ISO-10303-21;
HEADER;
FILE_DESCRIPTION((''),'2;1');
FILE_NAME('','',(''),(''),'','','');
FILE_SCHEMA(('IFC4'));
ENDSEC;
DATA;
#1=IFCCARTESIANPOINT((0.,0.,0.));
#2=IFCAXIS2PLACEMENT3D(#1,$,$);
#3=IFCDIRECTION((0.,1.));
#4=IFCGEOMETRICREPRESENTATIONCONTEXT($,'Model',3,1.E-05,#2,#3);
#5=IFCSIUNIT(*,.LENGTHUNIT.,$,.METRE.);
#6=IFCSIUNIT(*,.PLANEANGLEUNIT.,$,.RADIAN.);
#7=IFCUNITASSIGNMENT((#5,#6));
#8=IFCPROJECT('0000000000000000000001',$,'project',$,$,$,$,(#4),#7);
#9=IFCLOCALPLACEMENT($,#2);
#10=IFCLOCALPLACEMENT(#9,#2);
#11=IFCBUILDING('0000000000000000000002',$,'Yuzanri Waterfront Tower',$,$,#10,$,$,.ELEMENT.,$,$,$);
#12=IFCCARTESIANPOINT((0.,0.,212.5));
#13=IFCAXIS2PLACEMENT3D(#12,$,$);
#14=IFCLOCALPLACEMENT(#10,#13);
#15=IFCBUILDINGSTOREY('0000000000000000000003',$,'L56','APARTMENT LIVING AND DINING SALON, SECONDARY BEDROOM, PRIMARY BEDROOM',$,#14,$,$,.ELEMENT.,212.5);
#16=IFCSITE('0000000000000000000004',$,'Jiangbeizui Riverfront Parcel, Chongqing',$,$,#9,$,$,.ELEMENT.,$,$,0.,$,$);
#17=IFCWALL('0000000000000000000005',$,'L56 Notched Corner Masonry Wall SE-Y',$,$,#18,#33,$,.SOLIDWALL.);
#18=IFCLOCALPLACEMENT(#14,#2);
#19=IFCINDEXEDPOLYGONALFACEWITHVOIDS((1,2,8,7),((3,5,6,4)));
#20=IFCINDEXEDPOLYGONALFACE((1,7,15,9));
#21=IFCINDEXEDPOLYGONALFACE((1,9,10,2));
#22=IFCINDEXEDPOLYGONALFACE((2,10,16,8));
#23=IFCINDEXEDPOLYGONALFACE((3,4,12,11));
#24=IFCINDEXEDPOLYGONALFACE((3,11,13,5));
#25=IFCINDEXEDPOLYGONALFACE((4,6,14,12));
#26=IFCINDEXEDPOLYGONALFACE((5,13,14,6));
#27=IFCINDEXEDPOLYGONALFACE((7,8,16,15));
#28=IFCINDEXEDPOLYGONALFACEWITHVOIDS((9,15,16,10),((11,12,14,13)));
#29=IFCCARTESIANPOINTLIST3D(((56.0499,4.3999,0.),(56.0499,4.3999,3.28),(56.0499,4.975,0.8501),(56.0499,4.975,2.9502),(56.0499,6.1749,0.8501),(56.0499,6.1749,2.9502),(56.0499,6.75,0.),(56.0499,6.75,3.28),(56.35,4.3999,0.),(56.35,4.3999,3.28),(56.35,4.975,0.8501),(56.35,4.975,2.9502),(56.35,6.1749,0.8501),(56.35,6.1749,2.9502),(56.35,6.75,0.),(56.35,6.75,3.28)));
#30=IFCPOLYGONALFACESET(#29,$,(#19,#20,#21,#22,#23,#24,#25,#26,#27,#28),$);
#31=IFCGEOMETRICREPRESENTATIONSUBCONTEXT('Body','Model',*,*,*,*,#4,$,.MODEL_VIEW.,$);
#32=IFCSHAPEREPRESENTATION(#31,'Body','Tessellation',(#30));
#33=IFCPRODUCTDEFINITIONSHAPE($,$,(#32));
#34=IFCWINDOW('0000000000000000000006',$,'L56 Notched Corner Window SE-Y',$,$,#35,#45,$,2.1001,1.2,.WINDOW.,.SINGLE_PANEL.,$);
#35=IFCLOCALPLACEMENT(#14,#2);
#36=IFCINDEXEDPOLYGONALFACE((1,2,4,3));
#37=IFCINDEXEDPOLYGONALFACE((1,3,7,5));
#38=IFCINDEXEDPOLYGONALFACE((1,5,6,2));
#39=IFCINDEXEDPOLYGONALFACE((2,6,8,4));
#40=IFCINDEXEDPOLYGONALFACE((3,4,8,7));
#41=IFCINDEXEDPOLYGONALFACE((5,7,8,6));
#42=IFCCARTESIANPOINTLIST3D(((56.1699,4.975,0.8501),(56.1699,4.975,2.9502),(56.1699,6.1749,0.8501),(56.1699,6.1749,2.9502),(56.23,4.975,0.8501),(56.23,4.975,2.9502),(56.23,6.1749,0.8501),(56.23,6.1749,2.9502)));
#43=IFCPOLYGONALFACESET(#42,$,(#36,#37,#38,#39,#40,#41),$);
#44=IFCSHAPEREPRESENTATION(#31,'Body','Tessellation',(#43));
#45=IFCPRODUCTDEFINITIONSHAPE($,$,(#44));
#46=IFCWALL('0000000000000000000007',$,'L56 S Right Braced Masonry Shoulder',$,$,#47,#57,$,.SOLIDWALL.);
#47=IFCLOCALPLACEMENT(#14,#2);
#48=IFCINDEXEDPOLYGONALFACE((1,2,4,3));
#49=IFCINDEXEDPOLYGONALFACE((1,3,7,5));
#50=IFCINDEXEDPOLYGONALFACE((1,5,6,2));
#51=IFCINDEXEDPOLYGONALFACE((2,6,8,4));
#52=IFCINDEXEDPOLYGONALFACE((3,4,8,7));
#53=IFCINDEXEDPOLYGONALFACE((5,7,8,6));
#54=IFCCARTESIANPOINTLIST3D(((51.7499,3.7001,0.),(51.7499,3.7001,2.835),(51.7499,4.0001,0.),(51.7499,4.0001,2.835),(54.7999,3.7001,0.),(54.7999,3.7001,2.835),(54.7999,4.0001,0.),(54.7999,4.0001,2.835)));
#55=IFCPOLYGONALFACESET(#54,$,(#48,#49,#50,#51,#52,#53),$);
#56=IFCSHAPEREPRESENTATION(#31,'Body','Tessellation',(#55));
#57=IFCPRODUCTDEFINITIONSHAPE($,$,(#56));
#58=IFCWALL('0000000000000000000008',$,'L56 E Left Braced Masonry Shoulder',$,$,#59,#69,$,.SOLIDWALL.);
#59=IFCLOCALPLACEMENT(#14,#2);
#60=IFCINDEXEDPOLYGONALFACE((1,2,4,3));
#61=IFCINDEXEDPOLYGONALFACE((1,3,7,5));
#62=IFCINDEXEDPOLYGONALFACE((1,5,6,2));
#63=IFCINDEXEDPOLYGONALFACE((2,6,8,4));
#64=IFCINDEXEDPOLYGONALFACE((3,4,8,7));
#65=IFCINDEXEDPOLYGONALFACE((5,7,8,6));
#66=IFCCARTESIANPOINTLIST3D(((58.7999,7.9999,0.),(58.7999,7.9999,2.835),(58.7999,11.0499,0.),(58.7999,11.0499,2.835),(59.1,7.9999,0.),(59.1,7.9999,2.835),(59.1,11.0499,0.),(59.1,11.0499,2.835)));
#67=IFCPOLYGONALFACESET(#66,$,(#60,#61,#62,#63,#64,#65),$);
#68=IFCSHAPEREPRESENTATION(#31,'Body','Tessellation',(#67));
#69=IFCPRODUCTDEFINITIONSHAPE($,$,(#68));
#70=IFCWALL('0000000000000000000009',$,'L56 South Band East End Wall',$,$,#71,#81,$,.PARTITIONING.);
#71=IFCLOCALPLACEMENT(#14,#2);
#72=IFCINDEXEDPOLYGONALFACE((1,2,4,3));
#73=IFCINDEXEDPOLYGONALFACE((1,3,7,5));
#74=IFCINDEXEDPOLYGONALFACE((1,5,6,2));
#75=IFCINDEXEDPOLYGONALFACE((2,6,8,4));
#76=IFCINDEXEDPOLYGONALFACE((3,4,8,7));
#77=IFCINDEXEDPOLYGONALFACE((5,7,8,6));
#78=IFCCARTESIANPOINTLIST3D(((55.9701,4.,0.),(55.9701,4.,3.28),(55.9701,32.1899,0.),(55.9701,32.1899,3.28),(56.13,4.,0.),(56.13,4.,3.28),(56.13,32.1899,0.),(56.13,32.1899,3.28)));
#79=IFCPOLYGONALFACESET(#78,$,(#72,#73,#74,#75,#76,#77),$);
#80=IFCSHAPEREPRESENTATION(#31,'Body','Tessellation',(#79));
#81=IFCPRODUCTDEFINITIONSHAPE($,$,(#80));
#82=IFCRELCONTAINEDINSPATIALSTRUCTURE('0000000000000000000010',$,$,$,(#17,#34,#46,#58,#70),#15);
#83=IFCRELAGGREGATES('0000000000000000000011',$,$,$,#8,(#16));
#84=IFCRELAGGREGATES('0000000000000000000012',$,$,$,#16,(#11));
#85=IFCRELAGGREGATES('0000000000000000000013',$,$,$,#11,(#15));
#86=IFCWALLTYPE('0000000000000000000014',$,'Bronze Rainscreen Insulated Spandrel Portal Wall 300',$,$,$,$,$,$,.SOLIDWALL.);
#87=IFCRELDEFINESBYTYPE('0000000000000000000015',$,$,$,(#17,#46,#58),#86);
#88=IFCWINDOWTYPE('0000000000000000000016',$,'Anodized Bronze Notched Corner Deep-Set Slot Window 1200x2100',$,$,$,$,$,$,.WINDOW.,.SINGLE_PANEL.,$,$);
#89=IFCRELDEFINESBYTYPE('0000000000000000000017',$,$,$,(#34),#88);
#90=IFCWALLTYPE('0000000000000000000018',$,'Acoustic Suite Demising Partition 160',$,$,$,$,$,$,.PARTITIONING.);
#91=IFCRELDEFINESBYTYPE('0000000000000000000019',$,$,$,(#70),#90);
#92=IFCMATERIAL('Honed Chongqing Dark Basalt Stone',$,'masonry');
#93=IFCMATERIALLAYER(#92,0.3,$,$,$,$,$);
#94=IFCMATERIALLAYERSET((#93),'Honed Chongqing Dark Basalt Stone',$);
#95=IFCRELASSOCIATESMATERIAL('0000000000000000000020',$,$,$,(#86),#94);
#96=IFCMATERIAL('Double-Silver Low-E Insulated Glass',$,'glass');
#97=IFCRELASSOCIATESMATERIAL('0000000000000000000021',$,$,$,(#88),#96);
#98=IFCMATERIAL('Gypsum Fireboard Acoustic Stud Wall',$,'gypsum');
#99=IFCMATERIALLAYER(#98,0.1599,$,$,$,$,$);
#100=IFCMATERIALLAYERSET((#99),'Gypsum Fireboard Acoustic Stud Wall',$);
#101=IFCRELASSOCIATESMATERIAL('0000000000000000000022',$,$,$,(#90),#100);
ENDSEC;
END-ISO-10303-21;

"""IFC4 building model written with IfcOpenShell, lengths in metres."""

from ifc_helpers import new_model, si_unit, direction, frame, frame_2d, origin, place, context, subcontext, project, spatial, rectangle, extrude, source, transform, mapped, material, layer, layer_set, type_object, element, fill, save


model = new_model("IFC4")

# Units and contexts
model_context = context("Model", 3, precision=1e-05, world=origin(), true_north=direction((0.0, 1.0)))
body_context = subcontext(model_context, "Body", "Model", "MODEL_VIEW")
ifc_project = project(units=[si_unit("LENGTHUNIT", "METRE"), si_unit("PLANEANGLEUNIT", "RADIAN")], contexts=[model_context])

# Site, building, storey
site_placement = place(None, origin())
site = spatial("IfcSite", under=ifc_project, at=site_placement, Name="Jiangbeizui Riverfront Parcel, Chongqing", CompositionType="ELEMENT", RefElevation=0.0)
building_placement = place(site_placement, origin())
building = spatial("IfcBuilding", under=site, at=building_placement, Name="Yuzanri Waterfront Tower", CompositionType="ELEMENT")
storey_placement = place(building_placement, frame((0.0, 0.0, 212.5)))
storey = spatial("IfcBuildingStorey", under=building, at=storey_placement, Name="L56", Description="APARTMENT LIVING AND DINING SALON, SECONDARY BEDROOM, PRIMARY BEDROOM", CompositionType="ELEMENT", Elevation=212.5)

# Wall, opening, window
ifc_material_1 = material(Name="Honed Chongqing Dark Basalt Stone", Category="masonry")
ifc_layer_1 = layer(ifc_material_1, 0.3)
ifc_layer_set_1 = layer_set([ifc_layer_1], Name="Honed Chongqing Dark Basalt Stone")
wall_type_1 = type_object("IfcWallType", Name="Bronze Rainscreen Insulated Spandrel Portal Wall 300", PredefinedType="SOLIDWALL", material=ifc_layer_set_1)
wall_1_placement = place(storey_placement, frame((56.2, 4.3999, 0.0), z_axis=(0.0, 0.0, 1.0), x_axis=(0.0, 1.0, 0.0)))
wall_1 = element("IfcWall", 1, at=wall_1_placement, inside=storey, type_object=wall_type_1, Name="L56 Notched Corner Masonry Wall SE-Y", PredefinedType="SOLIDWALL", context=body_context, shape_type="SweptSolid", body=[
    extrude(rectangle(XDim=2.3501, YDim=0.3, at=frame_2d((1.175, 0.0))), origin(), (0.0, 0.0, 1.0), 3.28),
])
opening_1_placement = place(wall_1_placement, frame((0.575, 0.0, 0.8501)))
opening_1 = element("IfcOpeningElement", 2, at=opening_1_placement, cuts=wall_1, PredefinedType="OPENING", context=body_context, shape_type="SweptSolid", body=[
    extrude(rectangle(XDim=1.2, YDim=2.1001, at=frame_2d((0.6001, 1.05))), frame((0.0, 0.165, 0.0), z_axis=(0.0, -1.0, 0.0), x_axis=(1.0, 0.0, 0.0)), (0.0, 0.0, 1.0), 0.3298),
])
ifc_material_2 = material(Name="Double-Silver Low-E Insulated Glass", Category="glass")
window_type_1 = type_object("IfcWindowType", Name="Anodized Bronze Notched Corner Deep-Set Slot Window 1200x2100", PartitioningType="SINGLE_PANEL", PredefinedType="WINDOW", material=ifc_material_2)
shared_shape_1 = source(origin(), body_context, "Body", "SweptSolid", [
    extrude(rectangle(XDim=1.2, YDim=2.1001, at=frame_2d((0.6001, 1.05))), frame((0.0, 0.03, 0.0), z_axis=(0.0, -1.0, 0.0), x_axis=(1.0, 0.0, 0.0)), (0.0, 0.0, 1.0), 0.0601),
])
window_1_placement = place(opening_1_placement, origin())
window_1 = element("IfcWindow", 3, at=window_1_placement, inside=storey, type_object=window_type_1, Name="L56 Notched Corner Window SE-Y", OverallHeight=2.1001, OverallWidth=1.2, PartitioningType="SINGLE_PANEL", PredefinedType="WINDOW", context=body_context, shape_type="MappedRepresentation", body=[
    mapped(shared_shape_1, transform((0.0, 0.0, 0.0), scale=1.0)),
])
fill(opening_1, window_1)

# Walls
shared_shape_2 = source(origin(), body_context, "Body", "SweptSolid", [
    extrude(rectangle(XDim=3.05, YDim=0.3, at=frame_2d((1.5249, 0.0))), origin(), (0.0, 0.0, 1.0), 2.835),
])
for number, where, z_axis, x_axis, name in (
    (4, (51.75, 3.8501, 0.0), (0.0, 0.0, 1.0), (1.0, 0.0, 0.0), "L56 S Right Braced Masonry Shoulder"),
    (5, (58.95, 8.0, 0.0), (0.0, 0.0, 1.0), (0.0, 1.0, 0.0), "L56 E Left Braced Masonry Shoulder"),
):
    element("IfcWall", number, at=place(storey_placement, frame(where, z_axis=z_axis, x_axis=x_axis)), inside=storey, type_object=wall_type_1, Name=name, PredefinedType="SOLIDWALL", context=body_context, shape_type="MappedRepresentation", body=[
        mapped(shared_shape_2, transform((0.0, 0.0, 0.0), scale=1.0)),
    ])
ifc_material_3 = material(Name="Gypsum Fireboard Acoustic Stud Wall", Category="gypsum")
ifc_layer_2 = layer(ifc_material_3, 0.1599)
ifc_layer_set_2 = layer_set([ifc_layer_2], Name="Gypsum Fireboard Acoustic Stud Wall")
wall_type_2 = type_object("IfcWallType", Name="Acoustic Suite Demising Partition 160", PredefinedType="PARTITIONING", material=ifc_layer_set_2)
shared_shape_3 = source(origin(), body_context, "Body", "SweptSolid", [
    extrude(rectangle(XDim=28.1899, YDim=0.1599, at=frame_2d((14.095, 0.0))), origin(), (0.0, 0.0, 1.0), 3.28),
])
wall_2_placement = place(storey_placement, frame((56.05, 4.0, 0.0), z_axis=(0.0, 0.0, 1.0), x_axis=(0.0, 1.0, 0.0)))
element("IfcWall", 6, at=wall_2_placement, inside=storey, type_object=wall_type_2, Name="L56 South Band East End Wall", PredefinedType="PARTITIONING", context=body_context, shape_type="MappedRepresentation", body=[
    mapped(shared_shape_3, transform((0.0, 0.0, 0.0), scale=1.0)),
])

save(model, "model.ifc")
